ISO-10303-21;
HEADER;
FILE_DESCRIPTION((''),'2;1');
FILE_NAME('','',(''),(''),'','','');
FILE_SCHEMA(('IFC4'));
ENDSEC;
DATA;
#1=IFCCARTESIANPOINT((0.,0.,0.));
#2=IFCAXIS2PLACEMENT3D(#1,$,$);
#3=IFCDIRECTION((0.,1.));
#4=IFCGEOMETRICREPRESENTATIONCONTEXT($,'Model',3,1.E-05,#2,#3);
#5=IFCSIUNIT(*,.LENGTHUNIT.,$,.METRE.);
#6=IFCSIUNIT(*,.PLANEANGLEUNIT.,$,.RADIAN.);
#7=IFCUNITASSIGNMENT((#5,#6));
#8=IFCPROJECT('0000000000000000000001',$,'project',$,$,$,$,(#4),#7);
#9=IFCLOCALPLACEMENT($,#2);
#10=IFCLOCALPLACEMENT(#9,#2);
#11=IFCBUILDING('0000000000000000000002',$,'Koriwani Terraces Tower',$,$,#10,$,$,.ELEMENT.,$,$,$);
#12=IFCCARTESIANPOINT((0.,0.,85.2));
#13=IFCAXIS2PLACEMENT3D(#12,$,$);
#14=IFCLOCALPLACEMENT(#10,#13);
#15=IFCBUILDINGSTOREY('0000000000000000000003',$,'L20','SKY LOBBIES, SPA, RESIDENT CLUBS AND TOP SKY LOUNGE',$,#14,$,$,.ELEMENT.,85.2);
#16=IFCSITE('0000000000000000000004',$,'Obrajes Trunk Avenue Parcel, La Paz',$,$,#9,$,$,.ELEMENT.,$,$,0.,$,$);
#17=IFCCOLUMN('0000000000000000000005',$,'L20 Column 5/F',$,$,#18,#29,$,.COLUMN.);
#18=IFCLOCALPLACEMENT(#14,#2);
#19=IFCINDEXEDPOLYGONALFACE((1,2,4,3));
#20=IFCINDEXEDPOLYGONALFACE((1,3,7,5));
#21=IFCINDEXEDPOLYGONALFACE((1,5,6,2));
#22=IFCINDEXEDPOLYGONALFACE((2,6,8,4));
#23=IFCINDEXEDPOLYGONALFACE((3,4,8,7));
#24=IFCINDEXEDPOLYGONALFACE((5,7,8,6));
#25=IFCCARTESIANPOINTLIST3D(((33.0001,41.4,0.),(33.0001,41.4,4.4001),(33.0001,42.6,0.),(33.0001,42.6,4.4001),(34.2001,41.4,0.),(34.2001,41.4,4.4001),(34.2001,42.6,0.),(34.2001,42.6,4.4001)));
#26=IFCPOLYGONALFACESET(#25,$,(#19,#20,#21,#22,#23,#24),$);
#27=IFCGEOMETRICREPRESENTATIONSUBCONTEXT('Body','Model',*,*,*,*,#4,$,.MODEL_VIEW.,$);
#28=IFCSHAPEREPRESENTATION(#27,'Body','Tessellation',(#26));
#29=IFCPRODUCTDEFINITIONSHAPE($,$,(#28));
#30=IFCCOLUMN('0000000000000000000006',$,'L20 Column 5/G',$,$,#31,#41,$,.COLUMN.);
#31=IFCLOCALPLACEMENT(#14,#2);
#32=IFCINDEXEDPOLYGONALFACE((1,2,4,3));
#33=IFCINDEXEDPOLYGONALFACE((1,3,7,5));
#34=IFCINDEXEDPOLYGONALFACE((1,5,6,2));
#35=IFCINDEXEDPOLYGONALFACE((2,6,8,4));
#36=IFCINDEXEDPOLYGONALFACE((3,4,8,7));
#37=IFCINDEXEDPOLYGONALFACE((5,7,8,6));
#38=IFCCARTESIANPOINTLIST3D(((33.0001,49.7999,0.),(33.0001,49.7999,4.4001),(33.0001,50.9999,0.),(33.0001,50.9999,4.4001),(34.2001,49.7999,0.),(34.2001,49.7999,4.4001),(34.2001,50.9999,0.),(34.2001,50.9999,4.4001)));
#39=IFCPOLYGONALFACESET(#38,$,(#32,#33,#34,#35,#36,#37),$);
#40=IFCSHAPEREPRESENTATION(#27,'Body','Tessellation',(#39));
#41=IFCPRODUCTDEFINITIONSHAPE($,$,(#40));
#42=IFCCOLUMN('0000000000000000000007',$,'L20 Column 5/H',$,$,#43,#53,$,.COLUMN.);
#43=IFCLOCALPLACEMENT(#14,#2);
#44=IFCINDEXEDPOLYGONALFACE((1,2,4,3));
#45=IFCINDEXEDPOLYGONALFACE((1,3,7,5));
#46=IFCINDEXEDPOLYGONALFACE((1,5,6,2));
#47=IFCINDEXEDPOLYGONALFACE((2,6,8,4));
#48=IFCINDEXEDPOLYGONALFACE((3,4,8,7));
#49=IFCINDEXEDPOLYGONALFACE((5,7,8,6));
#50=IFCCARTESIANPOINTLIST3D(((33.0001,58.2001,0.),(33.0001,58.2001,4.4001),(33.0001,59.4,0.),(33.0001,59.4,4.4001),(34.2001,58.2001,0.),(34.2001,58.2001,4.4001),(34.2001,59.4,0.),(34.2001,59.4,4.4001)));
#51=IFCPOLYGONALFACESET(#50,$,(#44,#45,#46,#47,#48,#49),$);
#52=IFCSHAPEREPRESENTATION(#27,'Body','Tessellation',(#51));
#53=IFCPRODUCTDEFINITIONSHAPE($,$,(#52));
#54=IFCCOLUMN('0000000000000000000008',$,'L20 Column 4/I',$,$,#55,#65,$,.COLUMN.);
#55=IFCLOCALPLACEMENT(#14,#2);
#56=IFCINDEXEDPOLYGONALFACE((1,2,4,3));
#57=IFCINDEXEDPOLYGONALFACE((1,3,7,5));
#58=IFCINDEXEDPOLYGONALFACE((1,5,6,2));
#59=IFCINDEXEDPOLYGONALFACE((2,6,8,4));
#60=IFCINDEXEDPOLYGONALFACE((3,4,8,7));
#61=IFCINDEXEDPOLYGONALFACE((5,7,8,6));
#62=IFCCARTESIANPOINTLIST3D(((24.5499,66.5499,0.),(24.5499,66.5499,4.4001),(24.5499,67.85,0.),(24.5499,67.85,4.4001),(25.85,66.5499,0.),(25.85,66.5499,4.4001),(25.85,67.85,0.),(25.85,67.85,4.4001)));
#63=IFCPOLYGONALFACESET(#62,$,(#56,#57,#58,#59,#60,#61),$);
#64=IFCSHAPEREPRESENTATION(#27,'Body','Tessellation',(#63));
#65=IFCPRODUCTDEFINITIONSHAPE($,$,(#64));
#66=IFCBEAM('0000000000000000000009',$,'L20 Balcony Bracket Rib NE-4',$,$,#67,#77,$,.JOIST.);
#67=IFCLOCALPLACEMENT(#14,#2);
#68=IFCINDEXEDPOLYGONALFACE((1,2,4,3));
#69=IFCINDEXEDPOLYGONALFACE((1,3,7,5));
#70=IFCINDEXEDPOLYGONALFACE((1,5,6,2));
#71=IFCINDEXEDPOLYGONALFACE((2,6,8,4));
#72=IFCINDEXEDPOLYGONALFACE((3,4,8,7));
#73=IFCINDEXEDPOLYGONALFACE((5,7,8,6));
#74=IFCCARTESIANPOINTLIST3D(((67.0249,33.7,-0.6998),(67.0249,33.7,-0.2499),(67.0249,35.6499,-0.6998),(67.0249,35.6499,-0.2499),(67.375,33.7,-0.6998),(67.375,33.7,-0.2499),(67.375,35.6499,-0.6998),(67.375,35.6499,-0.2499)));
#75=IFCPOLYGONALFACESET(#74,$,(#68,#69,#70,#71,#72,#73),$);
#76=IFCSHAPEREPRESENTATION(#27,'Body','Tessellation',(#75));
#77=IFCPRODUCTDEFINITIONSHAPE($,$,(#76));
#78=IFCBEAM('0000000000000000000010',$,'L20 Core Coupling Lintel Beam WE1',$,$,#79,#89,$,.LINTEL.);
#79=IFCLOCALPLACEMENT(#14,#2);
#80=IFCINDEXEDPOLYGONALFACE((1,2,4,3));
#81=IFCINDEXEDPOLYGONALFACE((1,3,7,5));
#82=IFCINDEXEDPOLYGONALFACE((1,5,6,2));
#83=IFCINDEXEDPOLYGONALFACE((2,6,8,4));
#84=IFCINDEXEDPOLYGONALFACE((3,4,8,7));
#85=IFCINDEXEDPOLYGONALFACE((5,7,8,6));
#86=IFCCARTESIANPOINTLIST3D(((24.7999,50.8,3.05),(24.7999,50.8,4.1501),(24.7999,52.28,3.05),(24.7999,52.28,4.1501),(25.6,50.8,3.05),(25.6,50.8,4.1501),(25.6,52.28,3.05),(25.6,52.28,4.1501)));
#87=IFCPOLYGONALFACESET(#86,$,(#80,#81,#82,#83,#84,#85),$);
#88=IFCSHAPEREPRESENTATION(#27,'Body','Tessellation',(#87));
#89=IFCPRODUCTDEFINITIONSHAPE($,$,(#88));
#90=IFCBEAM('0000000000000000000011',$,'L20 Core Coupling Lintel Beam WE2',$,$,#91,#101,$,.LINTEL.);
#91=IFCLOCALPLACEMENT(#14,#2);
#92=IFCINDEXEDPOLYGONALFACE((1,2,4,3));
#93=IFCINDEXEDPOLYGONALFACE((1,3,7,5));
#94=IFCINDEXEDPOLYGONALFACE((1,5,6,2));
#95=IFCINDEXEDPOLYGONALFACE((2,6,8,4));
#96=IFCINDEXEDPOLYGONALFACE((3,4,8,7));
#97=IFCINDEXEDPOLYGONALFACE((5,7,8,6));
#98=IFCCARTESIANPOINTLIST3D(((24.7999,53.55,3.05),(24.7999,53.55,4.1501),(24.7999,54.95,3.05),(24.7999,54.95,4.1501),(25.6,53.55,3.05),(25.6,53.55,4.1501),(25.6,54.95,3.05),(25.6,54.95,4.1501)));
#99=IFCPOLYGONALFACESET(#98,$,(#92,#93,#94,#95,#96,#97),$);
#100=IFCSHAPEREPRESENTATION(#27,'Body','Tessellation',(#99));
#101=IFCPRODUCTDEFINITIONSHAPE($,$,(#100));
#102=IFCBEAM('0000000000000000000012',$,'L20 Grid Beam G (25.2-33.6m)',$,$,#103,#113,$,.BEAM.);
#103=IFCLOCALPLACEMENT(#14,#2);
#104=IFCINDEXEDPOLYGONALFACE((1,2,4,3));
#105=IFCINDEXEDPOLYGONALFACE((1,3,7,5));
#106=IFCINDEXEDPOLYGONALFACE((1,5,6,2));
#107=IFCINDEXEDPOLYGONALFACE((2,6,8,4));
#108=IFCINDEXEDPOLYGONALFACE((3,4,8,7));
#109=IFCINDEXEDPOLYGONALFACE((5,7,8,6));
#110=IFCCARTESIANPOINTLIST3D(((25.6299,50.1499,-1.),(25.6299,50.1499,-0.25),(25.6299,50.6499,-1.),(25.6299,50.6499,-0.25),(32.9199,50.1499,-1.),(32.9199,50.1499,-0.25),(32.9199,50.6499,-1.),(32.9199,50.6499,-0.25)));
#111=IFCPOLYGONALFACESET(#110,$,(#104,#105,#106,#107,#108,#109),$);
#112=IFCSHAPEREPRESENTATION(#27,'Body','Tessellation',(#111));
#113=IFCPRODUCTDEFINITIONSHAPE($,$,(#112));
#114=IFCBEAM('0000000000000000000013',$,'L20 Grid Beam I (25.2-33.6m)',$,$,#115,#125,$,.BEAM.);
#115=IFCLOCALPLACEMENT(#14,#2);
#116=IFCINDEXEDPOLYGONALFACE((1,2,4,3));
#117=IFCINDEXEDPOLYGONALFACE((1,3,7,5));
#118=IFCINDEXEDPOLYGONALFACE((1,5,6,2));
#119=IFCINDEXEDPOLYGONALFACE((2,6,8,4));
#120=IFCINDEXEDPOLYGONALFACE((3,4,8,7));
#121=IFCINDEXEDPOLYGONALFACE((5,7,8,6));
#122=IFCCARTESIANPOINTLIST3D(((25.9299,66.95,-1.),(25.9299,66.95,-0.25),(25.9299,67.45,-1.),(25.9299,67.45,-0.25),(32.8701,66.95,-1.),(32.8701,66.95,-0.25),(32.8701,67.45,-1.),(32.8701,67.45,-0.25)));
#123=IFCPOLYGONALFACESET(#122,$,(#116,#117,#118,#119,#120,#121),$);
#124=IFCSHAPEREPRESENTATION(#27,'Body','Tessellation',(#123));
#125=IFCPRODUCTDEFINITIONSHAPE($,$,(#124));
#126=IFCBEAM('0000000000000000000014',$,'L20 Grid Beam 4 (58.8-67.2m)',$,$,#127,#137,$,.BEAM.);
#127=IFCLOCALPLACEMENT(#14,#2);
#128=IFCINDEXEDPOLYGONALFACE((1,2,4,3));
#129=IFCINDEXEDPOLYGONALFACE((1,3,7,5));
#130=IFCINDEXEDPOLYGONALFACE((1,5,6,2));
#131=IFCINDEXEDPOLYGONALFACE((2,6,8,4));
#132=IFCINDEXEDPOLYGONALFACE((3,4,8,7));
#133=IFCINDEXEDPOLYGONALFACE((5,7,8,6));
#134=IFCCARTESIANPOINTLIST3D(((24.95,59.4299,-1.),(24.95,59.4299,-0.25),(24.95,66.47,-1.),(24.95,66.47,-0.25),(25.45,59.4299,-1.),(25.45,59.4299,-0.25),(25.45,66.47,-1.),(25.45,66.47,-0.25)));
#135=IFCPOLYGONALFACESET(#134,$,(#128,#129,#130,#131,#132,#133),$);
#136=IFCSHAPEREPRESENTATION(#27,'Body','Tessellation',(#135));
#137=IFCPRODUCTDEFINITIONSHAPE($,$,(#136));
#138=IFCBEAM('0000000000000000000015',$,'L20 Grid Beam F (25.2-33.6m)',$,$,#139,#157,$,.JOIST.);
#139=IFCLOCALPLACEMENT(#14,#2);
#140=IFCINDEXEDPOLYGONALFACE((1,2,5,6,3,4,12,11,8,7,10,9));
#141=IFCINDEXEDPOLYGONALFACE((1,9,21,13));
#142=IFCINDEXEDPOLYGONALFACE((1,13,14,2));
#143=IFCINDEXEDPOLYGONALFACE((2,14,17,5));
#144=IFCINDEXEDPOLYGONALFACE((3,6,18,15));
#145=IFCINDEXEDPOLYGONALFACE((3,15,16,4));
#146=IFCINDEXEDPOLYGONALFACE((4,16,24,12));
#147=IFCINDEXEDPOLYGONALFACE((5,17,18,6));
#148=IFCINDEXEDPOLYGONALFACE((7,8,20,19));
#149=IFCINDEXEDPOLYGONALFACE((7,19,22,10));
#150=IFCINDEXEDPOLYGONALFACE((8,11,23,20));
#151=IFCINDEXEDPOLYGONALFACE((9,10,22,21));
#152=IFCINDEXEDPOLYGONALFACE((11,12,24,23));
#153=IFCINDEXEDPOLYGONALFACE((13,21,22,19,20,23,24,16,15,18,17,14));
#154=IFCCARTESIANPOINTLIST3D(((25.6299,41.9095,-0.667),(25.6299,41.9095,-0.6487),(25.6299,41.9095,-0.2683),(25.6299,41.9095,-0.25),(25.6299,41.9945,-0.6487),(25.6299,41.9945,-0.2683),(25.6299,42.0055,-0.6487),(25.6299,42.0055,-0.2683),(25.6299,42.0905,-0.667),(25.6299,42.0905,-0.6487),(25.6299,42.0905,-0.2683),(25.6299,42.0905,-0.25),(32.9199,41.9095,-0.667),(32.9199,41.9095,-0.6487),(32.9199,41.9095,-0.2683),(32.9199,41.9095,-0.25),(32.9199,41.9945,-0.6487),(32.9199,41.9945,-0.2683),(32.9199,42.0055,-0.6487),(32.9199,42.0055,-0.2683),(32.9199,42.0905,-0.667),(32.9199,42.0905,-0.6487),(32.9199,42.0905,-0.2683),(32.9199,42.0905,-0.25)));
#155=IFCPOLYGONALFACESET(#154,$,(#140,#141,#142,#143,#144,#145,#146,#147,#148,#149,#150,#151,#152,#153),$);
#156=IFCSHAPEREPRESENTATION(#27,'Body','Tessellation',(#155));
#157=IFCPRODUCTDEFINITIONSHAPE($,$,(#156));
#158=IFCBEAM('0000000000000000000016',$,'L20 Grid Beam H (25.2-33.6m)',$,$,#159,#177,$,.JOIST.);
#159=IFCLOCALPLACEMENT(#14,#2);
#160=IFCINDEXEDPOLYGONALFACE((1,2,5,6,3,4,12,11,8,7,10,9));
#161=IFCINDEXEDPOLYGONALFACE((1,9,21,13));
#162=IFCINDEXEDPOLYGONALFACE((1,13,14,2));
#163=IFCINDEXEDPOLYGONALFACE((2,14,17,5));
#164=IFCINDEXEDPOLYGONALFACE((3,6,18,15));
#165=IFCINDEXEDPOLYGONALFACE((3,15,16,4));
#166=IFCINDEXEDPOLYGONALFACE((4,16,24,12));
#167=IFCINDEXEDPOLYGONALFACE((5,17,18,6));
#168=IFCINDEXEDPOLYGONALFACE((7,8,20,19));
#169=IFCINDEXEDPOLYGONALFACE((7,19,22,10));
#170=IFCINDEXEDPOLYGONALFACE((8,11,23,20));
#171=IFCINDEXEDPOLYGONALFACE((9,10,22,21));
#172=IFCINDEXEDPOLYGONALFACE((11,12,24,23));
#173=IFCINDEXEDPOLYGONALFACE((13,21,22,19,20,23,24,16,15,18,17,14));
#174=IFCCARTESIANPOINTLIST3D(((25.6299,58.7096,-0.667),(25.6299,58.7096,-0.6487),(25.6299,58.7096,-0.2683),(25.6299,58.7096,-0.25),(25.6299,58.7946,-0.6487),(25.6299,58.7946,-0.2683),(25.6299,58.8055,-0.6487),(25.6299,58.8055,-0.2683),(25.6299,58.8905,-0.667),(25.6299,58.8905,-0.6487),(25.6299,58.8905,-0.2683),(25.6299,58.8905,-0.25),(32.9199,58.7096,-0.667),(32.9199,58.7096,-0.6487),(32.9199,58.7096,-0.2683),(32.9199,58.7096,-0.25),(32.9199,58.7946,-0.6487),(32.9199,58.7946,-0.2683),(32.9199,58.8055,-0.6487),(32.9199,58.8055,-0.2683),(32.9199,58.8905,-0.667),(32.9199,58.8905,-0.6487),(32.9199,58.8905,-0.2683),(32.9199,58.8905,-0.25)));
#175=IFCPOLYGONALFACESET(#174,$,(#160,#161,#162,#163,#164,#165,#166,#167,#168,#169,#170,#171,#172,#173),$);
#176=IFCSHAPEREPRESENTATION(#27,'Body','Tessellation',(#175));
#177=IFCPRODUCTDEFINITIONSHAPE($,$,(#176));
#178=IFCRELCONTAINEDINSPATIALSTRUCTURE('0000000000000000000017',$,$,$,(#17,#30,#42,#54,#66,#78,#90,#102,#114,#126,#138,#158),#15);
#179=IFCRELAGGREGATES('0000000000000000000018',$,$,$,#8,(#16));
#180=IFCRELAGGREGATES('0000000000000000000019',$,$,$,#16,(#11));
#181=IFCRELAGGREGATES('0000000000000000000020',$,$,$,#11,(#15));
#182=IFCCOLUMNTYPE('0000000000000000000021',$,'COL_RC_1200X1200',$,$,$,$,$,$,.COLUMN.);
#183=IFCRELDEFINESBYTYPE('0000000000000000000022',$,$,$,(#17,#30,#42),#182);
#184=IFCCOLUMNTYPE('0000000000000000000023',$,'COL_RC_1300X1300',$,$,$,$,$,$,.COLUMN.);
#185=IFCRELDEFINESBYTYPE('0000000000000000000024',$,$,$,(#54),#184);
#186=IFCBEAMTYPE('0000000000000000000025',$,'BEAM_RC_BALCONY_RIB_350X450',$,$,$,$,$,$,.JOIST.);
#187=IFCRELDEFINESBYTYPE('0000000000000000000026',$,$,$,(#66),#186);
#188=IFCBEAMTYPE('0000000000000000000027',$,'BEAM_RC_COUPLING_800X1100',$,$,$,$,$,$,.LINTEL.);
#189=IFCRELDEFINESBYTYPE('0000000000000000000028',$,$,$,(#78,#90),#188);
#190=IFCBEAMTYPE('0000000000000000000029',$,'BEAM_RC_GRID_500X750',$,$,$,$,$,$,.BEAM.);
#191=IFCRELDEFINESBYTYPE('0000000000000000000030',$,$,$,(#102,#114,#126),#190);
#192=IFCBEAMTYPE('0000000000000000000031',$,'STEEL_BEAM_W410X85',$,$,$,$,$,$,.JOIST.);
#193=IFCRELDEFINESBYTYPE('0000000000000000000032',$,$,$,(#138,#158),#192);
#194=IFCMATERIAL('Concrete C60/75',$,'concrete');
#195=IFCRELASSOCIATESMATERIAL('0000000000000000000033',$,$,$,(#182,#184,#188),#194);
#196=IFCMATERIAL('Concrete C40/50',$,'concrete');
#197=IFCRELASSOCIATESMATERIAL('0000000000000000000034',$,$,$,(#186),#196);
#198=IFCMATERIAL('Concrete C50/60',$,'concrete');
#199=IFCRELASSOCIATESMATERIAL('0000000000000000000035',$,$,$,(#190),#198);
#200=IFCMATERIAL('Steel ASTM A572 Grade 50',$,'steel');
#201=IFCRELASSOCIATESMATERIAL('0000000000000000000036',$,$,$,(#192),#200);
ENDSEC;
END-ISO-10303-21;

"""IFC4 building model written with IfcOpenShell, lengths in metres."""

from ifc_helpers import new_model, si_unit, direction, frame, origin, origin_2d, place, context, subcontext, project, spatial, rectangle, i_section, extrude, material, material_profile, profile_set, type_object, element, save


model = new_model("IFC4")

# Units and contexts
model_context = context("Model", 3, precision=1e-05, world=origin(), true_north=direction((0.0, 1.0)))
body_context = subcontext(model_context, "Body", "Model", "MODEL_VIEW")
ifc_project = project(units=[si_unit("LENGTHUNIT", "METRE"), si_unit("PLANEANGLEUNIT", "RADIAN")], contexts=[model_context])

# Site, building, storey
site_placement = place(None, origin())
site = spatial("IfcSite", under=ifc_project, at=site_placement, Name="Obrajes Trunk Avenue Parcel, La Paz", CompositionType="ELEMENT", RefElevation=0.0)
building_placement = place(site_placement, origin())
building = spatial("IfcBuilding", under=site, at=building_placement, Name="Koriwani Terraces Tower", CompositionType="ELEMENT")
storey_placement = place(building_placement, frame((0.0, 0.0, 85.2)))
storey = spatial("IfcBuildingStorey", under=building, at=storey_placement, Name="L20", Description="SKY LOBBIES, SPA, RESIDENT CLUBS AND TOP SKY LOUNGE", CompositionType="ELEMENT", Elevation=85.2)

# Columns
ifc_material_1 = material(Name="Concrete C60/75", Category="concrete")
ifc_material_profile_1 = material_profile(ifc_material_1, rectangle(XDim=1.2, YDim=1.2, at=origin_2d()), Name="Concrete C60/75", Category="LoadBearing")
ifc_profile_set_1 = profile_set([ifc_material_profile_1], Name="Concrete C60/75")
column_type_1 = type_object("IfcColumnType", Name="COL_RC_1200X1200", PredefinedType="COLUMN", material=ifc_profile_set_1)
for number, where, z_axis, x_axis, name in (
    (1, (33.6001, 42.0, 0.0), (0.0, 0.0, 1.0), (1.0, 0.0, 0.0), "L20 Column 5/F"),
    (2, (33.6001, 50.3999, 0.0), (0.0, 0.0, 1.0), (1.0, 0.0, 0.0), "L20 Column 5/G"),
    (3, (33.6001, 58.8, 0.0), (0.0, 0.0, 1.0), (1.0, 0.0, 0.0), "L20 Column 5/H"),
):
    element("IfcColumn", number, at=place(storey_placement, frame(where, z_axis=z_axis, x_axis=x_axis)), inside=storey, type_object=column_type_1, Name=name, PredefinedType="COLUMN", context=body_context, shape_type="SweptSolid", body=[
        extrude(rectangle(XDim=1.2, YDim=1.2, at=origin_2d()), origin(), (0.0, 0.0, 1.0), 4.4001),
    ])
ifc_material_profile_2 = material_profile(ifc_material_1, rectangle(XDim=1.3, YDim=1.3, at=origin_2d()), Name="Concrete C60/75", Category="LoadBearing")
ifc_profile_set_2 = profile_set([ifc_material_profile_2], Name="Concrete C60/75")
column_type_2 = type_object("IfcColumnType", Name="COL_RC_1300X1300", PredefinedType="COLUMN", material=ifc_profile_set_2)
column_placement = place(storey_placement, frame((25.2, 67.2, 0.0), z_axis=(0.0, 0.0, 1.0), x_axis=(1.0, 0.0, 0.0)))
element("IfcColumn", 4, at=column_placement, inside=storey, type_object=column_type_2, Name="L20 Column 4/I", PredefinedType="COLUMN", context=body_context, shape_type="SweptSolid", body=[
    extrude(rectangle(XDim=1.3, YDim=1.3, at=origin_2d()), origin(), (0.0, 0.0, 1.0), 4.4001),
])

# Beams
ifc_material_2 = material(Name="Concrete C40/50", Category="concrete")
ifc_material_profile_3 = material_profile(ifc_material_2, rectangle(XDim=0.3501, YDim=0.45, at=origin_2d()), Name="Concrete C40/50", Category="LoadBearing")
ifc_profile_set_3 = profile_set([ifc_material_profile_3], Name="Concrete C40/50")
beam_type_1 = type_object("IfcBeamType", Name="BEAM_RC_BALCONY_RIB_350X450", PredefinedType="JOIST", material=ifc_profile_set_3)
beam_1_placement = place(storey_placement, frame((67.2, 33.7, -0.4749), z_axis=(0.0, 1.0, 0.0), x_axis=(-1.0, 0.0, 0.0)))
element("IfcBeam", 5, at=beam_1_placement, inside=storey, type_object=beam_type_1, Name="L20 Balcony Bracket Rib NE-4", PredefinedType="JOIST", context=body_context, shape_type="SweptSolid", body=[
    extrude(rectangle(XDim=0.3501, YDim=0.45, at=origin_2d()), origin(), (0.0, 0.0, 1.0), 1.95),
])
ifc_material_profile_4 = material_profile(ifc_material_1, rectangle(XDim=0.8, YDim=1.1001, at=origin_2d()), Name="Concrete C60/75", Category="LoadBearing")
ifc_profile_set_4 = profile_set([ifc_material_profile_4], Name="Concrete C60/75")
beam_type_2 = type_object("IfcBeamType", Name="BEAM_RC_COUPLING_800X1100", PredefinedType="LINTEL", material=ifc_profile_set_4)
beam_2_placement = place(storey_placement, frame((25.2, 50.8, 3.6001), z_axis=(0.0, 1.0, 0.0), x_axis=(-1.0, 0.0, 0.0)))
element("IfcBeam", 6, at=beam_2_placement, inside=storey, type_object=beam_type_2, Name="L20 Core Coupling Lintel Beam WE1", PredefinedType="LINTEL", context=body_context, shape_type="SweptSolid", body=[
    extrude(rectangle(XDim=0.8, YDim=1.1001, at=origin_2d()), origin(), (0.0, 0.0, 1.0), 1.48),
])
beam_3_placement = place(storey_placement, frame((25.2, 53.55, 3.6001), z_axis=(0.0, 1.0, 0.0), x_axis=(-1.0, 0.0, 0.0)))
element("IfcBeam", 7, at=beam_3_placement, inside=storey, type_object=beam_type_2, Name="L20 Core Coupling Lintel Beam WE2", PredefinedType="LINTEL", context=body_context, shape_type="SweptSolid", body=[
    extrude(rectangle(XDim=0.8, YDim=1.1001, at=origin_2d()), origin(), (0.0, 0.0, 1.0), 1.3999),
])
ifc_material_3 = material(Name="Concrete C50/60", Category="concrete")
ifc_material_profile_5 = material_profile(ifc_material_3, rectangle(XDim=0.5, YDim=0.75, at=origin_2d()), Name="Concrete C50/60", Category="LoadBearing")
ifc_profile_set_5 = profile_set([ifc_material_profile_5], Name="Concrete C50/60")
beam_type_3 = type_object("IfcBeamType", Name="BEAM_RC_GRID_500X750", PredefinedType="BEAM", material=ifc_profile_set_5)
beam_4_placement = place(storey_placement, frame((25.6299, 50.3999, -0.625), z_axis=(1.0, 0.0, 0.0), x_axis=(0.0, 1.0, 0.0)))
element("IfcBeam", 8, at=beam_4_placement, inside=storey, type_object=beam_type_3, Name="L20 Grid Beam G (25.2-33.6m)", PredefinedType="BEAM", context=body_context, shape_type="SweptSolid", body=[
    extrude(rectangle(XDim=0.5, YDim=0.75, at=origin_2d()), origin(), (0.0, 0.0, 1.0), 7.29),
])
beam_5_placement = place(storey_placement, frame((25.9299, 67.2, -0.625), z_axis=(1.0, 0.0, 0.0), x_axis=(0.0, 1.0, 0.0)))
element("IfcBeam", 9, at=beam_5_placement, inside=storey, type_object=beam_type_3, Name="L20 Grid Beam I (25.2-33.6m)", PredefinedType="BEAM", context=body_context, shape_type="SweptSolid", body=[
    extrude(rectangle(XDim=0.5, YDim=0.75, at=origin_2d()), origin(), (0.0, 0.0, 1.0), 6.9402),
])
beam_6_placement = place(storey_placement, frame((25.2, 59.4299, -0.625), z_axis=(0.0, 1.0, 0.0), x_axis=(-1.0, 0.0, 0.0)))
element("IfcBeam", 10, at=beam_6_placement, inside=storey, type_object=beam_type_3, Name="L20 Grid Beam 4 (58.8-67.2m)", PredefinedType="BEAM", context=body_context, shape_type="SweptSolid", body=[
    extrude(rectangle(XDim=0.5, YDim=0.75, at=origin_2d()), origin(), (0.0, 0.0, 1.0), 7.04),
])
ifc_material_4 = material(Name="Steel ASTM A572 Grade 50", Category="steel")
ifc_material_profile_6 = material_profile(ifc_material_4, i_section(OverallWidth=0.1809, OverallDepth=0.417, WebThickness=0.011, FlangeThickness=0.0183, at=origin_2d()), Name="Steel ASTM A572 Grade 50", Category="LoadBearing")
ifc_profile_set_6 = profile_set([ifc_material_profile_6], Name="Steel ASTM A572 Grade 50")
beam_type_4 = type_object("IfcBeamType", Name="STEEL_BEAM_W410X85", PredefinedType="JOIST", material=ifc_profile_set_6)
for number, where, z_axis, x_axis, name in (
    (11, (25.6299, 42.0, -0.4585), (1.0, 0.0, 0.0), (0.0, 1.0, 0.0), "L20 Grid Beam F (25.2-33.6m)"),
    (12, (25.6299, 58.8, -0.4585), (1.0, 0.0, 0.0), (0.0, 1.0, 0.0), "L20 Grid Beam H (25.2-33.6m)"),
):
    element("IfcBeam", number, at=place(storey_placement, frame(where, z_axis=z_axis, x_axis=x_axis)), inside=storey, type_object=beam_type_4, Name=name, PredefinedType="JOIST", context=body_context, shape_type="SweptSolid", body=[
        extrude(i_section(OverallWidth=0.1809, OverallDepth=0.417, WebThickness=0.011, FlangeThickness=0.0183, at=origin_2d()), origin(), (0.0, 0.0, 1.0), 7.29),
    ])

save(model, "model.ifc")
